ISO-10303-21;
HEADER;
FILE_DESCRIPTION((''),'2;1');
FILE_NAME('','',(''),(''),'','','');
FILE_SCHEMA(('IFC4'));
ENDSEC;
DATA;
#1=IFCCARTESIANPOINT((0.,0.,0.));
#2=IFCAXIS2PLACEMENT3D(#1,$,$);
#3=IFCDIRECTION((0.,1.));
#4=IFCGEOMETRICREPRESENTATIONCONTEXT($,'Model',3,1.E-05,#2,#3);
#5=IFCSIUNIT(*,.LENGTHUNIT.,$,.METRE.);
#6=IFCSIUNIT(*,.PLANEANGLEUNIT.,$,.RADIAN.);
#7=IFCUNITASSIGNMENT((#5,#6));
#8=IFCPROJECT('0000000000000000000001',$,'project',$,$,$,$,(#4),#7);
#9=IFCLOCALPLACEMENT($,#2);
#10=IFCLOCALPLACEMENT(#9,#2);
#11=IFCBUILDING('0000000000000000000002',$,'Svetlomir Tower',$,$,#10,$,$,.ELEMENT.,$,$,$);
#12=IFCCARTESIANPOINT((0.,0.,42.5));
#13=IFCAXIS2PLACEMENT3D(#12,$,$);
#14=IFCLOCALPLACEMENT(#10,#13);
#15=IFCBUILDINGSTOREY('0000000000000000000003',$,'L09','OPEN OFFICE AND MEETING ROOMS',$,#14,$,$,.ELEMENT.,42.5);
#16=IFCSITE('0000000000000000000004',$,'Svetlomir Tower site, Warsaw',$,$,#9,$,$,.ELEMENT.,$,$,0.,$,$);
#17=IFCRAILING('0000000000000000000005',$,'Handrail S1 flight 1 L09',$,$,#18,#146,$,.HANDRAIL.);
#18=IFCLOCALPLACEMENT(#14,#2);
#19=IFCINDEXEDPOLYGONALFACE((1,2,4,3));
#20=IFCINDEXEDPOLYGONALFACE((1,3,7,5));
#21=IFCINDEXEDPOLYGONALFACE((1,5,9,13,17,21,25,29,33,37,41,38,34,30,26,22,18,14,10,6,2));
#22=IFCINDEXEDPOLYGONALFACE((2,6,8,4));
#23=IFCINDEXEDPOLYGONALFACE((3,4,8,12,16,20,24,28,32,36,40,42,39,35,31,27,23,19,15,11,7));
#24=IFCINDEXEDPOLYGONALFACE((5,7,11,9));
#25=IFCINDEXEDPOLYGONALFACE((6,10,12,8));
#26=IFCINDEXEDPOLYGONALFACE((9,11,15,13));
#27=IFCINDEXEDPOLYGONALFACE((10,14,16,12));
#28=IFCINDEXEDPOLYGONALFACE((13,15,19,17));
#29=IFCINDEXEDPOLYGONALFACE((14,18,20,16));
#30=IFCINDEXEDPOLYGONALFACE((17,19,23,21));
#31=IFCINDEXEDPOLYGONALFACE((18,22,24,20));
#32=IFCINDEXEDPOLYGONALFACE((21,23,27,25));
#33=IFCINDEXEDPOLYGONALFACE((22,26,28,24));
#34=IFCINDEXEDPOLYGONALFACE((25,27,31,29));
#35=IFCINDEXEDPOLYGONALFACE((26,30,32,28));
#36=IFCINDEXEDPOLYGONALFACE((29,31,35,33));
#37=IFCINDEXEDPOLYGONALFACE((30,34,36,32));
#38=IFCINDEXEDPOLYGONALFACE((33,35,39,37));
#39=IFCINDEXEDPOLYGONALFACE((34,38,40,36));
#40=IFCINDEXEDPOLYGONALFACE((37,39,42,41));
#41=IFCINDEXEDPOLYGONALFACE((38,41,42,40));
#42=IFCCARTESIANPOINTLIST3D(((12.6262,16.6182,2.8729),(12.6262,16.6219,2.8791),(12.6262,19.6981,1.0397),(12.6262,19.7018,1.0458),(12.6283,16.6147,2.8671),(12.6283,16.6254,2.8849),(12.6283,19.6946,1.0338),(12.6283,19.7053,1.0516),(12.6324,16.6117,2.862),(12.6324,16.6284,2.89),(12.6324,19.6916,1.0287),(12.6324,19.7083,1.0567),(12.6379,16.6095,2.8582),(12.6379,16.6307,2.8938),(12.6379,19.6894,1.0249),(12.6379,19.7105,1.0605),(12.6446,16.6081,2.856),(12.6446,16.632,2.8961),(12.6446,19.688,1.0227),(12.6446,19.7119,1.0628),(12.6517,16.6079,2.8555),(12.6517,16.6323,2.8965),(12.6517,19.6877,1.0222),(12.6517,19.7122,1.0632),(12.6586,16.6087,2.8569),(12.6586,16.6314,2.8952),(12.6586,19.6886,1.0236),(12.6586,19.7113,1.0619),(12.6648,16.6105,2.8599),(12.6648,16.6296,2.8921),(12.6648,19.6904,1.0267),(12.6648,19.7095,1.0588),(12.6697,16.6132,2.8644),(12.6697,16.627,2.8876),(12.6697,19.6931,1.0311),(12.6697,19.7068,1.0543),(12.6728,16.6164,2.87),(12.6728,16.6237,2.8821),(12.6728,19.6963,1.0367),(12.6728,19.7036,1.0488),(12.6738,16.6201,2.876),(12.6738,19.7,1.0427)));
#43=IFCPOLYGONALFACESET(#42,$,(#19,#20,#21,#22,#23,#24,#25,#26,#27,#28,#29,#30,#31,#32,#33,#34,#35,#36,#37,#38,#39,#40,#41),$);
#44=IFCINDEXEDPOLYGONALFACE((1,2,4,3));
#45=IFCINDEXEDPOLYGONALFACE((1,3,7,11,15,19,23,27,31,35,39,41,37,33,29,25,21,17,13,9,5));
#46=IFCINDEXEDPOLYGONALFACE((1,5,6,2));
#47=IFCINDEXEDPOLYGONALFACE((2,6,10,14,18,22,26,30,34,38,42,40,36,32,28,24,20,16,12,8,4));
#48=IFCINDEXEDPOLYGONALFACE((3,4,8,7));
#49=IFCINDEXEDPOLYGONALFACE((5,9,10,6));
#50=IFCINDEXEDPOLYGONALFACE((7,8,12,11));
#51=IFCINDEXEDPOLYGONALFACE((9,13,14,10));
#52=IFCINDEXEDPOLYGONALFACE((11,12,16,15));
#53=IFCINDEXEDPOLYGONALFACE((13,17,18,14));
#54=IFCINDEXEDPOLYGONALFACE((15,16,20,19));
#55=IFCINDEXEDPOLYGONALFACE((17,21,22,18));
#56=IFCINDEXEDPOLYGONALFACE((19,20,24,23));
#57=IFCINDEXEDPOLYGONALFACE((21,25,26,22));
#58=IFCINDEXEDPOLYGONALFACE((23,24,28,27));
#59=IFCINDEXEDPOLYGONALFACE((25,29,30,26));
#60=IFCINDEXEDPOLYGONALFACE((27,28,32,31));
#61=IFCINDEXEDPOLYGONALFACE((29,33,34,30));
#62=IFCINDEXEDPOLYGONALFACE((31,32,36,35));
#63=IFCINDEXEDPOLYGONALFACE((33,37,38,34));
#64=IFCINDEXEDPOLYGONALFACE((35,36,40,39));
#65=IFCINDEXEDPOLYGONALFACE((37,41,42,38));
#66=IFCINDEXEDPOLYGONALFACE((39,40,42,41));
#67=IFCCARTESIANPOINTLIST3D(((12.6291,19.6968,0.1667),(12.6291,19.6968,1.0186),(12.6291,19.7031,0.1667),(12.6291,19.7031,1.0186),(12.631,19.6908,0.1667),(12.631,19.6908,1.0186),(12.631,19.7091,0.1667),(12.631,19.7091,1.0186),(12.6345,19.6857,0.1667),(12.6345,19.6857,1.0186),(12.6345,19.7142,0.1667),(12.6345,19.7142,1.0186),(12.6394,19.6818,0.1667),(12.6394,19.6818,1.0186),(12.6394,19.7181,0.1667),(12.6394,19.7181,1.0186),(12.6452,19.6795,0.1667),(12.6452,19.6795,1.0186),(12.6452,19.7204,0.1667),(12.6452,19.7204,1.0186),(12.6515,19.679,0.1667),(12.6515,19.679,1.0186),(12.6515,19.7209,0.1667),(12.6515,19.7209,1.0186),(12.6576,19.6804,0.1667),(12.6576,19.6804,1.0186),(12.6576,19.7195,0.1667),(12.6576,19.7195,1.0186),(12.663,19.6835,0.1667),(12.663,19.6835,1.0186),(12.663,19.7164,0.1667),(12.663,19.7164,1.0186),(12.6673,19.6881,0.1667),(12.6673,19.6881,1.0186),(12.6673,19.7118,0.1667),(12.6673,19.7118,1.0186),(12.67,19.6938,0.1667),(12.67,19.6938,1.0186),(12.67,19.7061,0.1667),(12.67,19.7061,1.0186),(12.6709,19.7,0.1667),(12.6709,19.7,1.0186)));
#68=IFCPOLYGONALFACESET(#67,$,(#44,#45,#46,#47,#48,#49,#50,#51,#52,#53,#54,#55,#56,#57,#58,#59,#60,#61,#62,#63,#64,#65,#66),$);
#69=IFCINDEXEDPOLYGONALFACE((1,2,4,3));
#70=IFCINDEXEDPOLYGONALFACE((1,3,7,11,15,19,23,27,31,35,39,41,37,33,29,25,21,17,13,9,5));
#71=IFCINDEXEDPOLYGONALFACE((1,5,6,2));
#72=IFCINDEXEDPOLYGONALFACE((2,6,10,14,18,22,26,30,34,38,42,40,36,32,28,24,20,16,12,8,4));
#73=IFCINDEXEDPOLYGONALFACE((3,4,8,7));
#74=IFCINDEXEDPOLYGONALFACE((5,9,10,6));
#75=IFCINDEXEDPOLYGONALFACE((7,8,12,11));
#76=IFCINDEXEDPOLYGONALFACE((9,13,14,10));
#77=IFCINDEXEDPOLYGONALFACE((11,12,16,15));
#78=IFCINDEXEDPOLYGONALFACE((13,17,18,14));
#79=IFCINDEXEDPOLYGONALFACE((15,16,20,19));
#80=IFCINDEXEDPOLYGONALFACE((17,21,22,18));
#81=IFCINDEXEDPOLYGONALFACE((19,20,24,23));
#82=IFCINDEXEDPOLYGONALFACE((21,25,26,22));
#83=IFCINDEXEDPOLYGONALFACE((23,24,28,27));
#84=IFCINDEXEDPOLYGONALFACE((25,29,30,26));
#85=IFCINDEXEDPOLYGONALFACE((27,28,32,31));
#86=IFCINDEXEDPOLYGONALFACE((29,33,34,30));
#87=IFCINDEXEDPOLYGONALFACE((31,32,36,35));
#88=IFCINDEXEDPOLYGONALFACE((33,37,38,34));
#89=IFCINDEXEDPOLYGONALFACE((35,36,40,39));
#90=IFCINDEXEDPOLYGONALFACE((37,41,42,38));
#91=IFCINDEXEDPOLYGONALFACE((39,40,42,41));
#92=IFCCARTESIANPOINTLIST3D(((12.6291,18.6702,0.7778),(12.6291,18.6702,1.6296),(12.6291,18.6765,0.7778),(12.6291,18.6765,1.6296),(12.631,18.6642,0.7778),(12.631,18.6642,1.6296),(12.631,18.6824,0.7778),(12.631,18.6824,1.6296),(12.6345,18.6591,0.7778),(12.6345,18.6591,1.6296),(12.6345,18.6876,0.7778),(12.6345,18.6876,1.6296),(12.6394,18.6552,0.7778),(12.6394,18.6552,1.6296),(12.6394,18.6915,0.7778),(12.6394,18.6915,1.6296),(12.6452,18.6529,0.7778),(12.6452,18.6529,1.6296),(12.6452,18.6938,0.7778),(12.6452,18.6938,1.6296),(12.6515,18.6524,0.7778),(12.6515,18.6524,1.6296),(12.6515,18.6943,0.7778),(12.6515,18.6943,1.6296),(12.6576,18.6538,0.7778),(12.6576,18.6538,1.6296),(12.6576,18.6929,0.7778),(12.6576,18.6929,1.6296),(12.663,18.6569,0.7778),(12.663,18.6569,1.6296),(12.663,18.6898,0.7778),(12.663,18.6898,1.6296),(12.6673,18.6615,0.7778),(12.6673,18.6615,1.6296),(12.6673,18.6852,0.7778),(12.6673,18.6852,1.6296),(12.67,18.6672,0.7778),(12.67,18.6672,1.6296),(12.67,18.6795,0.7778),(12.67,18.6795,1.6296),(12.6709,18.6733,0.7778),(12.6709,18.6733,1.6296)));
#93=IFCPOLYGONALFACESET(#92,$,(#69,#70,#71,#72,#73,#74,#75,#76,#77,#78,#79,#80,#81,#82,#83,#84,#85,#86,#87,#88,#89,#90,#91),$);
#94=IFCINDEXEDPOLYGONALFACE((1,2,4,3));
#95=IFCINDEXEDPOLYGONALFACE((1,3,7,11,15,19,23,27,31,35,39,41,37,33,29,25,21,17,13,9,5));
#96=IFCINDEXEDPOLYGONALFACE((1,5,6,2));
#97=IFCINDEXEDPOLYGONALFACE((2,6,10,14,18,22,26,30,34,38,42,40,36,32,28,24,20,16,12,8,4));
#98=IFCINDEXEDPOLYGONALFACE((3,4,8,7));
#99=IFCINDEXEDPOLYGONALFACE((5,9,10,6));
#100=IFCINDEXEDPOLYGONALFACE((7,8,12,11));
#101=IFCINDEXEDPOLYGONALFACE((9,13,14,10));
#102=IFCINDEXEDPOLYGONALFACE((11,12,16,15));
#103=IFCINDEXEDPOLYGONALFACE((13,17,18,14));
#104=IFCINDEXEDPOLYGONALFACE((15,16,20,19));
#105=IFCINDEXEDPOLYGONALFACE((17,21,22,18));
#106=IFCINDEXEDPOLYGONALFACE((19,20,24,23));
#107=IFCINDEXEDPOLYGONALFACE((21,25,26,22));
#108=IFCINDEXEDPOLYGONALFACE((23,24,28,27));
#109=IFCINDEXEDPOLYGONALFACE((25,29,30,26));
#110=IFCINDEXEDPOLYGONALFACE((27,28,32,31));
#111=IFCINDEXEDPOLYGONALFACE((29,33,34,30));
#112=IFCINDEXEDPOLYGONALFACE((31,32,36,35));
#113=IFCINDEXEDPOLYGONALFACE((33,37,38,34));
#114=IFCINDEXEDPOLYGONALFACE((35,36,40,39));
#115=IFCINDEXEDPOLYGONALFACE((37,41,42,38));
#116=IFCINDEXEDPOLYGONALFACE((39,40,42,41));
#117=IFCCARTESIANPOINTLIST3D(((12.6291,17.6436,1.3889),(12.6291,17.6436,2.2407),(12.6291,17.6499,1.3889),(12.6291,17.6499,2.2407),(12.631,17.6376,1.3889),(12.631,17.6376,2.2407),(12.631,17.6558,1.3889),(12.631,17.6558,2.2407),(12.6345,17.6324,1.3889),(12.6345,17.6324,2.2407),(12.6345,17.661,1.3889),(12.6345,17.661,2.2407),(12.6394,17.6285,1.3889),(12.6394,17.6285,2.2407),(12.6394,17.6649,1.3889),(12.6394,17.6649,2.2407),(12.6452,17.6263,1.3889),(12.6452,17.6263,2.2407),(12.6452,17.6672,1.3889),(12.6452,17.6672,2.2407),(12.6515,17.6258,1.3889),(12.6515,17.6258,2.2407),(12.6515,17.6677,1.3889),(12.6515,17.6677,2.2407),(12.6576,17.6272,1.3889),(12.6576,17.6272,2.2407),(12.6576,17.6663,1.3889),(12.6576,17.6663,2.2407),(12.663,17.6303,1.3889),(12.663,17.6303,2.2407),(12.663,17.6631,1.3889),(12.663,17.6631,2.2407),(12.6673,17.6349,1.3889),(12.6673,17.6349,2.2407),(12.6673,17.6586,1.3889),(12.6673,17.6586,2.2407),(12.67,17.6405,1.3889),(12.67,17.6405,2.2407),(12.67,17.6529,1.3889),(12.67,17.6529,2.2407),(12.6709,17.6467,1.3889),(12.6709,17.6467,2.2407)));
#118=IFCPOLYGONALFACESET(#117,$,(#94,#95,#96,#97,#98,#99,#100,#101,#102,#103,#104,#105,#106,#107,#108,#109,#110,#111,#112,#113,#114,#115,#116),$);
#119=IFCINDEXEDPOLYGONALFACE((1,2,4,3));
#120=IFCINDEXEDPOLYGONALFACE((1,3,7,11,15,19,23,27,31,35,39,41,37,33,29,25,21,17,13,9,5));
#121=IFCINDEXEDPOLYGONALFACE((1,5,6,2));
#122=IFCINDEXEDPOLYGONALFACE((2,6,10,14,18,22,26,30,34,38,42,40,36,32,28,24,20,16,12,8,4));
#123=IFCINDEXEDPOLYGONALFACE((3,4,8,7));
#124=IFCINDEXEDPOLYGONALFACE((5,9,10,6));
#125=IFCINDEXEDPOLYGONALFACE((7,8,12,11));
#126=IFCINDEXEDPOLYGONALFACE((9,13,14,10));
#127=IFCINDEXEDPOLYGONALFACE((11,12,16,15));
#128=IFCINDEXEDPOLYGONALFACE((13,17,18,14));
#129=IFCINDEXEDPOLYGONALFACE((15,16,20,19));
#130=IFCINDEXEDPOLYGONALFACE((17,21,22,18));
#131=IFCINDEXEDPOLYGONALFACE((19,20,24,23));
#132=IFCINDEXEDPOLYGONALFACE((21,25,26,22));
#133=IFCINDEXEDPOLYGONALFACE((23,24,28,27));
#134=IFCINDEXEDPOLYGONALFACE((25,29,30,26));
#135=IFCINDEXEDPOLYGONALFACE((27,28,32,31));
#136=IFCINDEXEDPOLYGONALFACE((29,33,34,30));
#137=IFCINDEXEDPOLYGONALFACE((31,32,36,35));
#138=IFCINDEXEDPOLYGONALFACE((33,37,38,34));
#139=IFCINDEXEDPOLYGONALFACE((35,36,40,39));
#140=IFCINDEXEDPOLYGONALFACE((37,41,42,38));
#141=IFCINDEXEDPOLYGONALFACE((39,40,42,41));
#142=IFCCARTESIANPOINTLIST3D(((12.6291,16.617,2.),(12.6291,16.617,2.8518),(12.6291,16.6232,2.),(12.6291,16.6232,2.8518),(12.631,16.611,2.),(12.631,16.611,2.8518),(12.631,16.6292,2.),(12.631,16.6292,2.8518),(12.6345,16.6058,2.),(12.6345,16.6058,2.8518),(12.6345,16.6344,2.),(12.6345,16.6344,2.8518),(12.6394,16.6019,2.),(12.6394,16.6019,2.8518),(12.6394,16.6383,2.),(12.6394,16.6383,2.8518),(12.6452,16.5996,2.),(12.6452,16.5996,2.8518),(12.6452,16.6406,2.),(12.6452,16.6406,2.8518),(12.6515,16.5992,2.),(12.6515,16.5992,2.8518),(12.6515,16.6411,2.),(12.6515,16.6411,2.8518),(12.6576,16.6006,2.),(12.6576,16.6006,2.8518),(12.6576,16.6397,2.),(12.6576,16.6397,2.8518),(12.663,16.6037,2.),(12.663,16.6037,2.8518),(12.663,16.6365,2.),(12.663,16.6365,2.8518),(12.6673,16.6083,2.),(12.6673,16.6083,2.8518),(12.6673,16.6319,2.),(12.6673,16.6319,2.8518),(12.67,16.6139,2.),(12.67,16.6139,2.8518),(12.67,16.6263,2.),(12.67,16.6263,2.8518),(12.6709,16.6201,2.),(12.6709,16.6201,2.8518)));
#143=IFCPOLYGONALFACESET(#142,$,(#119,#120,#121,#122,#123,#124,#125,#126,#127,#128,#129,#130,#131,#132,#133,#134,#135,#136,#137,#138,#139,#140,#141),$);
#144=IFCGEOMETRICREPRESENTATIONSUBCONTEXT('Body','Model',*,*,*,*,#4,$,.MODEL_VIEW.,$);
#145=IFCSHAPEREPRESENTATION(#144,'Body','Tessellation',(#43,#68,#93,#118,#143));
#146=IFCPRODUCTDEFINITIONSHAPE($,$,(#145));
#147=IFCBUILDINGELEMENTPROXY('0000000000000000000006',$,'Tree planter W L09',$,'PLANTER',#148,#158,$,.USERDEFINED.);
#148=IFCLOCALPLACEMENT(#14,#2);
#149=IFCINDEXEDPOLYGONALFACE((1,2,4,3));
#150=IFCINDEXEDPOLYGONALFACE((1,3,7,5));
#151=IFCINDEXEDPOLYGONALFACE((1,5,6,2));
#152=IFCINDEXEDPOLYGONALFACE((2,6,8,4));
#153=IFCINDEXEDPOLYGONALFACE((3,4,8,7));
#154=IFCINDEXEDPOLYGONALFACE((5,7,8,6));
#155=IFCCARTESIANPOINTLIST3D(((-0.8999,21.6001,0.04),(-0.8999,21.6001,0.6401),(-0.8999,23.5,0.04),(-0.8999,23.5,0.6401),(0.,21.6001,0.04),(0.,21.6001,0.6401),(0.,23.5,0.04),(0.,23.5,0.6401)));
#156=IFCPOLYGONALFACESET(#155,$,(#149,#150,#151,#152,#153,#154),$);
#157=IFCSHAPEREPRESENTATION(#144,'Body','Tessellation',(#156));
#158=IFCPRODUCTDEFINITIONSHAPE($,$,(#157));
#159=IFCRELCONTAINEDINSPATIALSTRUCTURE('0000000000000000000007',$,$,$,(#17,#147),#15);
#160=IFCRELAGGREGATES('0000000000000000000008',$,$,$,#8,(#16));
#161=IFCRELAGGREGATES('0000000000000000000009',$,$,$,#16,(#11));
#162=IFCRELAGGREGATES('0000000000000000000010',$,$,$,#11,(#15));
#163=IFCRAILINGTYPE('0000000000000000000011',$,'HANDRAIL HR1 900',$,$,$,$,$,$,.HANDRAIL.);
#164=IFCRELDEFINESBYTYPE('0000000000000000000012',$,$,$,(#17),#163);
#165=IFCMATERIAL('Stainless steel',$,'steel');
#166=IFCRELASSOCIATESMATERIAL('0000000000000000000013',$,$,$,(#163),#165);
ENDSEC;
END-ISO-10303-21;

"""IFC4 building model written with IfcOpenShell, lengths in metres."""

from ifc_helpers import new_model, si_unit, direction, frame, origin, origin_2d, place, context, subcontext, project, spatial, rectangle, circle, extrude, material, type_object, element, save


model = new_model("IFC4")

# Units and contexts
model_context = context("Model", 3, precision=1e-05, world=origin(), true_north=direction((0.0, 1.0)))
body_context = subcontext(model_context, "Body", "Model", "MODEL_VIEW")
ifc_project = project(units=[si_unit("LENGTHUNIT", "METRE"), si_unit("PLANEANGLEUNIT", "RADIAN")], contexts=[model_context])

# Site, building, storey
site_placement = place(None, origin())
site = spatial("IfcSite", under=ifc_project, at=site_placement, Name="Svetlomir Tower site, Warsaw", CompositionType="ELEMENT", RefElevation=0.0)
building_placement = place(site_placement, origin())
building = spatial("IfcBuilding", under=site, at=building_placement, Name="Svetlomir Tower", CompositionType="ELEMENT")
storey_placement = place(building_placement, frame((0.0, 0.0, 42.5)))
storey = spatial("IfcBuildingStorey", under=building, at=storey_placement, Name="L09", Description="OPEN OFFICE AND MEETING ROOMS", CompositionType="ELEMENT", Elevation=42.5)

# Railing
ifc_material_1 = material(Name="Stainless steel", Category="steel")
railing_type_1 = type_object("IfcRailingType", Name="HANDRAIL HR1 900", PredefinedType="HANDRAIL", material=ifc_material_1)
railing_1_placement = place(storey_placement, frame((12.6499, 19.7, 0.1667)))
element("IfcRailing", 1, at=railing_1_placement, inside=storey, type_object=railing_type_1, Name="Handrail S1 flight 1 L09", PredefinedType="HANDRAIL", context=body_context, shape_type="SweptSolid", body=[
    extrude(circle(Radius=0.0239, at=origin_2d()), frame((0.0, 0.0, 0.876), z_axis=(0.0, -0.859291, 0.511487), x_axis=(1.0, 0.0, 0.0)), (0.0, 0.0, 1.0), 3.5842),
    extrude(circle(Radius=0.021, at=origin_2d()), origin(), (0.0, 0.0, 1.0), 0.8518),
    extrude(circle(Radius=0.021, at=origin_2d()), frame((0.0, -1.0266, 0.6111)), (0.0, 0.0, 1.0), 0.8518),
    extrude(circle(Radius=0.021, at=origin_2d()), frame((0.0, -2.0532, 1.2222)), (0.0, 0.0, 1.0), 0.8518),
    extrude(circle(Radius=0.021, at=origin_2d()), frame((0.0, -3.0798, 1.8333)), (0.0, 0.0, 1.0), 0.8518),
])

# Building element proxy
proxy_placement = place(storey_placement, frame((-0.45, 22.55, 0.04), z_axis=(0.0, 0.0, 1.0), x_axis=(1.0, 0.0, 0.0)))
element("IfcBuildingElementProxy", 2, at=proxy_placement, inside=storey, Name="Tree planter W L09", ObjectType="PLANTER", PredefinedType="USERDEFINED", context=body_context, shape_type="SweptSolid", body=[
    extrude(rectangle(XDim=0.8999, YDim=1.8999, at=origin_2d()), origin(), (0.0, 0.0, 1.0), 0.6001),
])

save(model, "model.ifc")
